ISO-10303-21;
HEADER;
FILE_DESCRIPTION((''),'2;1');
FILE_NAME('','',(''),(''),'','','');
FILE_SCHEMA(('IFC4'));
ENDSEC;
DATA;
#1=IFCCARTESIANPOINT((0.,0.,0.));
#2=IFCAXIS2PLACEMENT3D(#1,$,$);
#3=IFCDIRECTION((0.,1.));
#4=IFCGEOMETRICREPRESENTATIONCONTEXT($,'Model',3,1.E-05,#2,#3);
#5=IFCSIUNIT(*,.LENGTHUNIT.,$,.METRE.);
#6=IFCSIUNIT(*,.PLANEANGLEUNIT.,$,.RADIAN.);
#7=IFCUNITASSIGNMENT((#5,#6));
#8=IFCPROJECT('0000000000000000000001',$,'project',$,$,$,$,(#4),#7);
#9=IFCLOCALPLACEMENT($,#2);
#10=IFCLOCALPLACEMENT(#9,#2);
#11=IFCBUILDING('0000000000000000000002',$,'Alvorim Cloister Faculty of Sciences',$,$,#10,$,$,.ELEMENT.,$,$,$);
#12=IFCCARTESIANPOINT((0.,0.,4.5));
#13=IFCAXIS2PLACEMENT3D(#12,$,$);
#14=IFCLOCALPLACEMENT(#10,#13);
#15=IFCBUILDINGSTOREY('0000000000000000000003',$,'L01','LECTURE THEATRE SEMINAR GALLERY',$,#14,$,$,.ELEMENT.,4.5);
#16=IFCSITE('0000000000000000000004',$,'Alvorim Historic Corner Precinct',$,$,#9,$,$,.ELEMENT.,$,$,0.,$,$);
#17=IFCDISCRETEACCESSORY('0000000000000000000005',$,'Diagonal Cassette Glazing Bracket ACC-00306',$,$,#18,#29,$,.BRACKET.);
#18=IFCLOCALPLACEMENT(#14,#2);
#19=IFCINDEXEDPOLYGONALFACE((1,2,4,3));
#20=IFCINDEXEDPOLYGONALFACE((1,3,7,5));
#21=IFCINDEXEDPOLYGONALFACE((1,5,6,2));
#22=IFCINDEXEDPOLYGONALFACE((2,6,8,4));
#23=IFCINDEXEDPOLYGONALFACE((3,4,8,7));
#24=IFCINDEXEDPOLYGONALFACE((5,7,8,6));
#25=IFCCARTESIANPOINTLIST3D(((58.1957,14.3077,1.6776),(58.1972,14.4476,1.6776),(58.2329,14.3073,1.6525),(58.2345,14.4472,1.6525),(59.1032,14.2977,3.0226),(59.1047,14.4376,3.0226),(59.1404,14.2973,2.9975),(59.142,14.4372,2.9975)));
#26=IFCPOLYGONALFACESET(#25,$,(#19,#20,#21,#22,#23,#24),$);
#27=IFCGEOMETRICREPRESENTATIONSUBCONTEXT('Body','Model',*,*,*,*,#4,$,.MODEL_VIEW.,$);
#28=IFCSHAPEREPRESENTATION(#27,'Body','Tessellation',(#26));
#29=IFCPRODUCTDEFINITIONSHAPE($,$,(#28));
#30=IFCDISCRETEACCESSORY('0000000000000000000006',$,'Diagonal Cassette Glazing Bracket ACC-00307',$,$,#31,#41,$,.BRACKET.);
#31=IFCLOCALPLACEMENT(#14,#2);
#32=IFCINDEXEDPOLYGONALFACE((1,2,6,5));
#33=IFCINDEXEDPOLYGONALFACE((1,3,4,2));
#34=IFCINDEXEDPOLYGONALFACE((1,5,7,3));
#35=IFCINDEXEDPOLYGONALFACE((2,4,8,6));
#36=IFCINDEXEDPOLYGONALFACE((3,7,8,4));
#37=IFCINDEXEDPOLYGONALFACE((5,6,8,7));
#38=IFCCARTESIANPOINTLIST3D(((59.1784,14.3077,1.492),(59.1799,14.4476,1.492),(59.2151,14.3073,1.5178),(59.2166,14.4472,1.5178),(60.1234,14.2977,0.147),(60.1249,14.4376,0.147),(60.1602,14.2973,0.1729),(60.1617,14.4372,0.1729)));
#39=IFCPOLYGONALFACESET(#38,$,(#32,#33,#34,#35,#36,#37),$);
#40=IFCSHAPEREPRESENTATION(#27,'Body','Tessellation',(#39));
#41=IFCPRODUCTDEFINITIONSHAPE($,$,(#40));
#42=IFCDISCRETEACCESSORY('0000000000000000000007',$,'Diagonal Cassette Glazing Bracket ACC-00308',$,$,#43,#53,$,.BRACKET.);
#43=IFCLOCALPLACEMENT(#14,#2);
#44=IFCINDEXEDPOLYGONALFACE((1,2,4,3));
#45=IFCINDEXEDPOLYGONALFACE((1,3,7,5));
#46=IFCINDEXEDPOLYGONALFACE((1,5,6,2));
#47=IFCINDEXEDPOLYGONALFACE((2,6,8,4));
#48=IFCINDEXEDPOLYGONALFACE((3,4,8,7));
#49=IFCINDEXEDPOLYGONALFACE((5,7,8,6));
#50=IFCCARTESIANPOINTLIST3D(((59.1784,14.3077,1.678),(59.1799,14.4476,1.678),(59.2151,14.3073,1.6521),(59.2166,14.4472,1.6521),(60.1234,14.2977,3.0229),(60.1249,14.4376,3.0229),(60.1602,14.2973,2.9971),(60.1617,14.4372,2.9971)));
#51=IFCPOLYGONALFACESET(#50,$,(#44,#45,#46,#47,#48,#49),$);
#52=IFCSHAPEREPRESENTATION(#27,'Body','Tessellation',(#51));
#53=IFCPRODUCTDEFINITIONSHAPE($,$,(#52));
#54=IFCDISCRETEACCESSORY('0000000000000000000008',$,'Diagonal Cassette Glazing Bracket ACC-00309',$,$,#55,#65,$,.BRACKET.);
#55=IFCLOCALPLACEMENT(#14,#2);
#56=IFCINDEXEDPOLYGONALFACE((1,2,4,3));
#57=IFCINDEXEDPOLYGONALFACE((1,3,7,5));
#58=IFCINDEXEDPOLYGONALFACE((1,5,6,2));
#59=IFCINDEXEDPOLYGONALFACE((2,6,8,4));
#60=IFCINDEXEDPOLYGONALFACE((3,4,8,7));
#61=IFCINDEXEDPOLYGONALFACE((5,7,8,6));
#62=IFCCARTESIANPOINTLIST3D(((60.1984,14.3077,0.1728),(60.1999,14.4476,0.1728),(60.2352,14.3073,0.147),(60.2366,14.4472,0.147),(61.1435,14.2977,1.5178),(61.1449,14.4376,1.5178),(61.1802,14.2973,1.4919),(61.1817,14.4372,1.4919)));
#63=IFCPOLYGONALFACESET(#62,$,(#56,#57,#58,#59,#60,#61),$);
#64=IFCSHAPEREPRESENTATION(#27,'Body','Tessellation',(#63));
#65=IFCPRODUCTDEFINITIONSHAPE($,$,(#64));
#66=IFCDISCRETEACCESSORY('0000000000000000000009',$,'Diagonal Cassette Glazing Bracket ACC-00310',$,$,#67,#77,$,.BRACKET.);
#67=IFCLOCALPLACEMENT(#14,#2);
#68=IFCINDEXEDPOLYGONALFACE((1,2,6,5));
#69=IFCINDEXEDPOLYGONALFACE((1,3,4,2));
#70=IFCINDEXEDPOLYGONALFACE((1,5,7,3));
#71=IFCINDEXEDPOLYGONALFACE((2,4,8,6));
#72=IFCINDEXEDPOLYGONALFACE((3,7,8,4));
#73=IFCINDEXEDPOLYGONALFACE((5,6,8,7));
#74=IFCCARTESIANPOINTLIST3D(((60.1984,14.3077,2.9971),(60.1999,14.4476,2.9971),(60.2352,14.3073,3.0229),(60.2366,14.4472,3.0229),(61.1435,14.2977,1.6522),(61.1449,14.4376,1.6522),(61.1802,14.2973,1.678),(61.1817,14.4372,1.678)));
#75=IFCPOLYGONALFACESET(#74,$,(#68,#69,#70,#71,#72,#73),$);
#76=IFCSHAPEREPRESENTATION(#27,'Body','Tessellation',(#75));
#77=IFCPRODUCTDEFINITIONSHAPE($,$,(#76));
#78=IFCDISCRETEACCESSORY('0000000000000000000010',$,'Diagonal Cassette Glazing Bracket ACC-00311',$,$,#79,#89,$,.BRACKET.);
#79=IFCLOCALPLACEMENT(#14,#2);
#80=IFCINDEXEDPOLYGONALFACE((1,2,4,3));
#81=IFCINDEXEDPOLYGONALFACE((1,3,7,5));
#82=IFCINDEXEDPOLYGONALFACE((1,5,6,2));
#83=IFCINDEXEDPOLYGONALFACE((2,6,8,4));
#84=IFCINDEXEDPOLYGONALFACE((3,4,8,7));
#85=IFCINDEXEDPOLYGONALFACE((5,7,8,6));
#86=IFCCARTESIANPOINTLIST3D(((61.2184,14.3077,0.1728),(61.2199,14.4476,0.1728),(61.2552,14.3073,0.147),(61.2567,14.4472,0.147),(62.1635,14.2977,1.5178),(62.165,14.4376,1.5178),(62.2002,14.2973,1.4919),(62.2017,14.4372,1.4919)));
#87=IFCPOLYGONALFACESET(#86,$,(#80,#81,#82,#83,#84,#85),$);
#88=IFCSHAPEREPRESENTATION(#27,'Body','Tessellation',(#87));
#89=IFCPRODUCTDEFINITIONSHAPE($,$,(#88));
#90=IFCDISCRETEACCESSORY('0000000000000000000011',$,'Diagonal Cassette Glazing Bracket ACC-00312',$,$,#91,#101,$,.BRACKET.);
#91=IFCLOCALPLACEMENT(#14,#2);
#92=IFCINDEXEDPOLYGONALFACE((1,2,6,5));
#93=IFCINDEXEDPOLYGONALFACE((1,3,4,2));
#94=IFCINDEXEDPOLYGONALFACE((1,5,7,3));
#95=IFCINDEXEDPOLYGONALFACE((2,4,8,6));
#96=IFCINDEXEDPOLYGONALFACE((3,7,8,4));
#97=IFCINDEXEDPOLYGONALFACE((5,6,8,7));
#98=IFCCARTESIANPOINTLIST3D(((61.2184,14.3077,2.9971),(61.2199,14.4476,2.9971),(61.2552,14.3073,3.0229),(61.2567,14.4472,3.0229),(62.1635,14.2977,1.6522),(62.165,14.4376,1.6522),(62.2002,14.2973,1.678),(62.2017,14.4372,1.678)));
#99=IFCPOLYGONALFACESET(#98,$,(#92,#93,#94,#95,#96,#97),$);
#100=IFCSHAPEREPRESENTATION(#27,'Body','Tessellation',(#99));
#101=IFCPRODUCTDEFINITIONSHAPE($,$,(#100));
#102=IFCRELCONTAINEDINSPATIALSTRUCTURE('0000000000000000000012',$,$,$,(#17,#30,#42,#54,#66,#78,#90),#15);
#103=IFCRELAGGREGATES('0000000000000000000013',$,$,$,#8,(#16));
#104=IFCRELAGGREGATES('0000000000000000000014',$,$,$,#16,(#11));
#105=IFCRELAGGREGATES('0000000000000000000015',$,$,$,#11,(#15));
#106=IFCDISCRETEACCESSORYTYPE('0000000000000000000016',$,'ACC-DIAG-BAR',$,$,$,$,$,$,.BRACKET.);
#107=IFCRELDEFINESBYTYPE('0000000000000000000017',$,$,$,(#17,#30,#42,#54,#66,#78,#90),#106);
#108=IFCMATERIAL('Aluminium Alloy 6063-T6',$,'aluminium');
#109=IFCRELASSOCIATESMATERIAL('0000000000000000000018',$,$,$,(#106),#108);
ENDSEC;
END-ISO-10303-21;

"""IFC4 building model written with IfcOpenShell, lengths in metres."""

from ifc_helpers import new_model, si_unit, direction, frame, origin, origin_2d, place, context, subcontext, project, spatial, rectangle, extrude, material, type_object, element, save


model = new_model("IFC4")

# Units and contexts
model_context = context("Model", 3, precision=1e-05, world=origin(), true_north=direction((0.0, 1.0)))
body_context = subcontext(model_context, "Body", "Model", "MODEL_VIEW")
ifc_project = project(units=[si_unit("LENGTHUNIT", "METRE"), si_unit("PLANEANGLEUNIT", "RADIAN")], contexts=[model_context])

# Site, building, storey
site_placement = place(None, origin())
site = spatial("IfcSite", under=ifc_project, at=site_placement, Name="Alvorim Historic Corner Precinct", CompositionType="ELEMENT", RefElevation=0.0)
building_placement = place(site_placement, origin())
building = spatial("IfcBuilding", under=site, at=building_placement, Name="Alvorim Cloister Faculty of Sciences", CompositionType="ELEMENT")
storey_placement = place(building_placement, frame((0.0, 0.0, 4.5)))
storey = spatial("IfcBuildingStorey", under=building, at=storey_placement, Name="L01", Description="LECTURE THEATRE SEMINAR GALLERY", CompositionType="ELEMENT", Elevation=4.5)

# Shared definitions
ifc_material_1 = material(Name="Aluminium Alloy 6063-T6", Category="aluminium")

# Discrete accessories
discrete_accessory_type = type_object("IfcDiscreteAccessoryType", Name="ACC-DIAG-BAR", PredefinedType="BRACKET", material=ifc_material_1)
for number, where, z_axis, x_axis, name in (
    (1, (58.2151, 14.3774, 1.665), (0.559299, -0.006169, 0.828943), (0.01103, 0.999939, 0.0), "Diagonal Cassette Glazing Bracket ACC-00306"),
):
    element("IfcDiscreteAccessory", number, at=place(storey_placement, frame(where, z_axis=z_axis, x_axis=x_axis)), inside=storey, type_object=discrete_accessory_type, Name=name, PredefinedType="BRACKET", context=body_context, shape_type="SweptSolid", body=[
        extrude(rectangle(XDim=0.1399, YDim=0.0449, at=origin_2d()), origin(), (0.0, 0.0, 1.0), 1.6226),
    ])
for number, where, z_axis, x_axis, name in (
    (2, (59.1975, 14.3774, 1.5049), (0.574916, -0.006089, -0.81819), (0.010591, 0.999944, 0.0), "Diagonal Cassette Glazing Bracket ACC-00307"),
    (3, (59.1975, 14.3774, 1.665), (0.574916, -0.006089, 0.81819), (0.010591, 0.999944, 0.0), "Diagonal Cassette Glazing Bracket ACC-00308"),
    (4, (60.2175, 14.3774, 0.1599), (0.574916, -0.006089, 0.81819), (0.010591, 0.999944, 0.0), "Diagonal Cassette Glazing Bracket ACC-00309"),
    (5, (60.2175, 14.3774, 3.01), (0.574916, -0.006089, -0.81819), (0.010591, 0.999944, 0.0), "Diagonal Cassette Glazing Bracket ACC-00310"),
    (6, (61.2375, 14.3774, 0.1599), (0.574916, -0.006089, 0.81819), (0.010591, 0.999944, 0.0), "Diagonal Cassette Glazing Bracket ACC-00311"),
    (7, (61.2375, 14.3774, 3.01), (0.574916, -0.006089, -0.81819), (0.010591, 0.999944, 0.0), "Diagonal Cassette Glazing Bracket ACC-00312"),
):
    element("IfcDiscreteAccessory", number, at=place(storey_placement, frame(where, z_axis=z_axis, x_axis=x_axis)), inside=storey, type_object=discrete_accessory_type, Name=name, PredefinedType="BRACKET", context=body_context, shape_type="SweptSolid", body=[
        extrude(rectangle(XDim=0.1399, YDim=0.0449, at=origin_2d()), origin(), (0.0, 0.0, 1.0), 1.6438),
    ])

save(model, "model.ifc")
